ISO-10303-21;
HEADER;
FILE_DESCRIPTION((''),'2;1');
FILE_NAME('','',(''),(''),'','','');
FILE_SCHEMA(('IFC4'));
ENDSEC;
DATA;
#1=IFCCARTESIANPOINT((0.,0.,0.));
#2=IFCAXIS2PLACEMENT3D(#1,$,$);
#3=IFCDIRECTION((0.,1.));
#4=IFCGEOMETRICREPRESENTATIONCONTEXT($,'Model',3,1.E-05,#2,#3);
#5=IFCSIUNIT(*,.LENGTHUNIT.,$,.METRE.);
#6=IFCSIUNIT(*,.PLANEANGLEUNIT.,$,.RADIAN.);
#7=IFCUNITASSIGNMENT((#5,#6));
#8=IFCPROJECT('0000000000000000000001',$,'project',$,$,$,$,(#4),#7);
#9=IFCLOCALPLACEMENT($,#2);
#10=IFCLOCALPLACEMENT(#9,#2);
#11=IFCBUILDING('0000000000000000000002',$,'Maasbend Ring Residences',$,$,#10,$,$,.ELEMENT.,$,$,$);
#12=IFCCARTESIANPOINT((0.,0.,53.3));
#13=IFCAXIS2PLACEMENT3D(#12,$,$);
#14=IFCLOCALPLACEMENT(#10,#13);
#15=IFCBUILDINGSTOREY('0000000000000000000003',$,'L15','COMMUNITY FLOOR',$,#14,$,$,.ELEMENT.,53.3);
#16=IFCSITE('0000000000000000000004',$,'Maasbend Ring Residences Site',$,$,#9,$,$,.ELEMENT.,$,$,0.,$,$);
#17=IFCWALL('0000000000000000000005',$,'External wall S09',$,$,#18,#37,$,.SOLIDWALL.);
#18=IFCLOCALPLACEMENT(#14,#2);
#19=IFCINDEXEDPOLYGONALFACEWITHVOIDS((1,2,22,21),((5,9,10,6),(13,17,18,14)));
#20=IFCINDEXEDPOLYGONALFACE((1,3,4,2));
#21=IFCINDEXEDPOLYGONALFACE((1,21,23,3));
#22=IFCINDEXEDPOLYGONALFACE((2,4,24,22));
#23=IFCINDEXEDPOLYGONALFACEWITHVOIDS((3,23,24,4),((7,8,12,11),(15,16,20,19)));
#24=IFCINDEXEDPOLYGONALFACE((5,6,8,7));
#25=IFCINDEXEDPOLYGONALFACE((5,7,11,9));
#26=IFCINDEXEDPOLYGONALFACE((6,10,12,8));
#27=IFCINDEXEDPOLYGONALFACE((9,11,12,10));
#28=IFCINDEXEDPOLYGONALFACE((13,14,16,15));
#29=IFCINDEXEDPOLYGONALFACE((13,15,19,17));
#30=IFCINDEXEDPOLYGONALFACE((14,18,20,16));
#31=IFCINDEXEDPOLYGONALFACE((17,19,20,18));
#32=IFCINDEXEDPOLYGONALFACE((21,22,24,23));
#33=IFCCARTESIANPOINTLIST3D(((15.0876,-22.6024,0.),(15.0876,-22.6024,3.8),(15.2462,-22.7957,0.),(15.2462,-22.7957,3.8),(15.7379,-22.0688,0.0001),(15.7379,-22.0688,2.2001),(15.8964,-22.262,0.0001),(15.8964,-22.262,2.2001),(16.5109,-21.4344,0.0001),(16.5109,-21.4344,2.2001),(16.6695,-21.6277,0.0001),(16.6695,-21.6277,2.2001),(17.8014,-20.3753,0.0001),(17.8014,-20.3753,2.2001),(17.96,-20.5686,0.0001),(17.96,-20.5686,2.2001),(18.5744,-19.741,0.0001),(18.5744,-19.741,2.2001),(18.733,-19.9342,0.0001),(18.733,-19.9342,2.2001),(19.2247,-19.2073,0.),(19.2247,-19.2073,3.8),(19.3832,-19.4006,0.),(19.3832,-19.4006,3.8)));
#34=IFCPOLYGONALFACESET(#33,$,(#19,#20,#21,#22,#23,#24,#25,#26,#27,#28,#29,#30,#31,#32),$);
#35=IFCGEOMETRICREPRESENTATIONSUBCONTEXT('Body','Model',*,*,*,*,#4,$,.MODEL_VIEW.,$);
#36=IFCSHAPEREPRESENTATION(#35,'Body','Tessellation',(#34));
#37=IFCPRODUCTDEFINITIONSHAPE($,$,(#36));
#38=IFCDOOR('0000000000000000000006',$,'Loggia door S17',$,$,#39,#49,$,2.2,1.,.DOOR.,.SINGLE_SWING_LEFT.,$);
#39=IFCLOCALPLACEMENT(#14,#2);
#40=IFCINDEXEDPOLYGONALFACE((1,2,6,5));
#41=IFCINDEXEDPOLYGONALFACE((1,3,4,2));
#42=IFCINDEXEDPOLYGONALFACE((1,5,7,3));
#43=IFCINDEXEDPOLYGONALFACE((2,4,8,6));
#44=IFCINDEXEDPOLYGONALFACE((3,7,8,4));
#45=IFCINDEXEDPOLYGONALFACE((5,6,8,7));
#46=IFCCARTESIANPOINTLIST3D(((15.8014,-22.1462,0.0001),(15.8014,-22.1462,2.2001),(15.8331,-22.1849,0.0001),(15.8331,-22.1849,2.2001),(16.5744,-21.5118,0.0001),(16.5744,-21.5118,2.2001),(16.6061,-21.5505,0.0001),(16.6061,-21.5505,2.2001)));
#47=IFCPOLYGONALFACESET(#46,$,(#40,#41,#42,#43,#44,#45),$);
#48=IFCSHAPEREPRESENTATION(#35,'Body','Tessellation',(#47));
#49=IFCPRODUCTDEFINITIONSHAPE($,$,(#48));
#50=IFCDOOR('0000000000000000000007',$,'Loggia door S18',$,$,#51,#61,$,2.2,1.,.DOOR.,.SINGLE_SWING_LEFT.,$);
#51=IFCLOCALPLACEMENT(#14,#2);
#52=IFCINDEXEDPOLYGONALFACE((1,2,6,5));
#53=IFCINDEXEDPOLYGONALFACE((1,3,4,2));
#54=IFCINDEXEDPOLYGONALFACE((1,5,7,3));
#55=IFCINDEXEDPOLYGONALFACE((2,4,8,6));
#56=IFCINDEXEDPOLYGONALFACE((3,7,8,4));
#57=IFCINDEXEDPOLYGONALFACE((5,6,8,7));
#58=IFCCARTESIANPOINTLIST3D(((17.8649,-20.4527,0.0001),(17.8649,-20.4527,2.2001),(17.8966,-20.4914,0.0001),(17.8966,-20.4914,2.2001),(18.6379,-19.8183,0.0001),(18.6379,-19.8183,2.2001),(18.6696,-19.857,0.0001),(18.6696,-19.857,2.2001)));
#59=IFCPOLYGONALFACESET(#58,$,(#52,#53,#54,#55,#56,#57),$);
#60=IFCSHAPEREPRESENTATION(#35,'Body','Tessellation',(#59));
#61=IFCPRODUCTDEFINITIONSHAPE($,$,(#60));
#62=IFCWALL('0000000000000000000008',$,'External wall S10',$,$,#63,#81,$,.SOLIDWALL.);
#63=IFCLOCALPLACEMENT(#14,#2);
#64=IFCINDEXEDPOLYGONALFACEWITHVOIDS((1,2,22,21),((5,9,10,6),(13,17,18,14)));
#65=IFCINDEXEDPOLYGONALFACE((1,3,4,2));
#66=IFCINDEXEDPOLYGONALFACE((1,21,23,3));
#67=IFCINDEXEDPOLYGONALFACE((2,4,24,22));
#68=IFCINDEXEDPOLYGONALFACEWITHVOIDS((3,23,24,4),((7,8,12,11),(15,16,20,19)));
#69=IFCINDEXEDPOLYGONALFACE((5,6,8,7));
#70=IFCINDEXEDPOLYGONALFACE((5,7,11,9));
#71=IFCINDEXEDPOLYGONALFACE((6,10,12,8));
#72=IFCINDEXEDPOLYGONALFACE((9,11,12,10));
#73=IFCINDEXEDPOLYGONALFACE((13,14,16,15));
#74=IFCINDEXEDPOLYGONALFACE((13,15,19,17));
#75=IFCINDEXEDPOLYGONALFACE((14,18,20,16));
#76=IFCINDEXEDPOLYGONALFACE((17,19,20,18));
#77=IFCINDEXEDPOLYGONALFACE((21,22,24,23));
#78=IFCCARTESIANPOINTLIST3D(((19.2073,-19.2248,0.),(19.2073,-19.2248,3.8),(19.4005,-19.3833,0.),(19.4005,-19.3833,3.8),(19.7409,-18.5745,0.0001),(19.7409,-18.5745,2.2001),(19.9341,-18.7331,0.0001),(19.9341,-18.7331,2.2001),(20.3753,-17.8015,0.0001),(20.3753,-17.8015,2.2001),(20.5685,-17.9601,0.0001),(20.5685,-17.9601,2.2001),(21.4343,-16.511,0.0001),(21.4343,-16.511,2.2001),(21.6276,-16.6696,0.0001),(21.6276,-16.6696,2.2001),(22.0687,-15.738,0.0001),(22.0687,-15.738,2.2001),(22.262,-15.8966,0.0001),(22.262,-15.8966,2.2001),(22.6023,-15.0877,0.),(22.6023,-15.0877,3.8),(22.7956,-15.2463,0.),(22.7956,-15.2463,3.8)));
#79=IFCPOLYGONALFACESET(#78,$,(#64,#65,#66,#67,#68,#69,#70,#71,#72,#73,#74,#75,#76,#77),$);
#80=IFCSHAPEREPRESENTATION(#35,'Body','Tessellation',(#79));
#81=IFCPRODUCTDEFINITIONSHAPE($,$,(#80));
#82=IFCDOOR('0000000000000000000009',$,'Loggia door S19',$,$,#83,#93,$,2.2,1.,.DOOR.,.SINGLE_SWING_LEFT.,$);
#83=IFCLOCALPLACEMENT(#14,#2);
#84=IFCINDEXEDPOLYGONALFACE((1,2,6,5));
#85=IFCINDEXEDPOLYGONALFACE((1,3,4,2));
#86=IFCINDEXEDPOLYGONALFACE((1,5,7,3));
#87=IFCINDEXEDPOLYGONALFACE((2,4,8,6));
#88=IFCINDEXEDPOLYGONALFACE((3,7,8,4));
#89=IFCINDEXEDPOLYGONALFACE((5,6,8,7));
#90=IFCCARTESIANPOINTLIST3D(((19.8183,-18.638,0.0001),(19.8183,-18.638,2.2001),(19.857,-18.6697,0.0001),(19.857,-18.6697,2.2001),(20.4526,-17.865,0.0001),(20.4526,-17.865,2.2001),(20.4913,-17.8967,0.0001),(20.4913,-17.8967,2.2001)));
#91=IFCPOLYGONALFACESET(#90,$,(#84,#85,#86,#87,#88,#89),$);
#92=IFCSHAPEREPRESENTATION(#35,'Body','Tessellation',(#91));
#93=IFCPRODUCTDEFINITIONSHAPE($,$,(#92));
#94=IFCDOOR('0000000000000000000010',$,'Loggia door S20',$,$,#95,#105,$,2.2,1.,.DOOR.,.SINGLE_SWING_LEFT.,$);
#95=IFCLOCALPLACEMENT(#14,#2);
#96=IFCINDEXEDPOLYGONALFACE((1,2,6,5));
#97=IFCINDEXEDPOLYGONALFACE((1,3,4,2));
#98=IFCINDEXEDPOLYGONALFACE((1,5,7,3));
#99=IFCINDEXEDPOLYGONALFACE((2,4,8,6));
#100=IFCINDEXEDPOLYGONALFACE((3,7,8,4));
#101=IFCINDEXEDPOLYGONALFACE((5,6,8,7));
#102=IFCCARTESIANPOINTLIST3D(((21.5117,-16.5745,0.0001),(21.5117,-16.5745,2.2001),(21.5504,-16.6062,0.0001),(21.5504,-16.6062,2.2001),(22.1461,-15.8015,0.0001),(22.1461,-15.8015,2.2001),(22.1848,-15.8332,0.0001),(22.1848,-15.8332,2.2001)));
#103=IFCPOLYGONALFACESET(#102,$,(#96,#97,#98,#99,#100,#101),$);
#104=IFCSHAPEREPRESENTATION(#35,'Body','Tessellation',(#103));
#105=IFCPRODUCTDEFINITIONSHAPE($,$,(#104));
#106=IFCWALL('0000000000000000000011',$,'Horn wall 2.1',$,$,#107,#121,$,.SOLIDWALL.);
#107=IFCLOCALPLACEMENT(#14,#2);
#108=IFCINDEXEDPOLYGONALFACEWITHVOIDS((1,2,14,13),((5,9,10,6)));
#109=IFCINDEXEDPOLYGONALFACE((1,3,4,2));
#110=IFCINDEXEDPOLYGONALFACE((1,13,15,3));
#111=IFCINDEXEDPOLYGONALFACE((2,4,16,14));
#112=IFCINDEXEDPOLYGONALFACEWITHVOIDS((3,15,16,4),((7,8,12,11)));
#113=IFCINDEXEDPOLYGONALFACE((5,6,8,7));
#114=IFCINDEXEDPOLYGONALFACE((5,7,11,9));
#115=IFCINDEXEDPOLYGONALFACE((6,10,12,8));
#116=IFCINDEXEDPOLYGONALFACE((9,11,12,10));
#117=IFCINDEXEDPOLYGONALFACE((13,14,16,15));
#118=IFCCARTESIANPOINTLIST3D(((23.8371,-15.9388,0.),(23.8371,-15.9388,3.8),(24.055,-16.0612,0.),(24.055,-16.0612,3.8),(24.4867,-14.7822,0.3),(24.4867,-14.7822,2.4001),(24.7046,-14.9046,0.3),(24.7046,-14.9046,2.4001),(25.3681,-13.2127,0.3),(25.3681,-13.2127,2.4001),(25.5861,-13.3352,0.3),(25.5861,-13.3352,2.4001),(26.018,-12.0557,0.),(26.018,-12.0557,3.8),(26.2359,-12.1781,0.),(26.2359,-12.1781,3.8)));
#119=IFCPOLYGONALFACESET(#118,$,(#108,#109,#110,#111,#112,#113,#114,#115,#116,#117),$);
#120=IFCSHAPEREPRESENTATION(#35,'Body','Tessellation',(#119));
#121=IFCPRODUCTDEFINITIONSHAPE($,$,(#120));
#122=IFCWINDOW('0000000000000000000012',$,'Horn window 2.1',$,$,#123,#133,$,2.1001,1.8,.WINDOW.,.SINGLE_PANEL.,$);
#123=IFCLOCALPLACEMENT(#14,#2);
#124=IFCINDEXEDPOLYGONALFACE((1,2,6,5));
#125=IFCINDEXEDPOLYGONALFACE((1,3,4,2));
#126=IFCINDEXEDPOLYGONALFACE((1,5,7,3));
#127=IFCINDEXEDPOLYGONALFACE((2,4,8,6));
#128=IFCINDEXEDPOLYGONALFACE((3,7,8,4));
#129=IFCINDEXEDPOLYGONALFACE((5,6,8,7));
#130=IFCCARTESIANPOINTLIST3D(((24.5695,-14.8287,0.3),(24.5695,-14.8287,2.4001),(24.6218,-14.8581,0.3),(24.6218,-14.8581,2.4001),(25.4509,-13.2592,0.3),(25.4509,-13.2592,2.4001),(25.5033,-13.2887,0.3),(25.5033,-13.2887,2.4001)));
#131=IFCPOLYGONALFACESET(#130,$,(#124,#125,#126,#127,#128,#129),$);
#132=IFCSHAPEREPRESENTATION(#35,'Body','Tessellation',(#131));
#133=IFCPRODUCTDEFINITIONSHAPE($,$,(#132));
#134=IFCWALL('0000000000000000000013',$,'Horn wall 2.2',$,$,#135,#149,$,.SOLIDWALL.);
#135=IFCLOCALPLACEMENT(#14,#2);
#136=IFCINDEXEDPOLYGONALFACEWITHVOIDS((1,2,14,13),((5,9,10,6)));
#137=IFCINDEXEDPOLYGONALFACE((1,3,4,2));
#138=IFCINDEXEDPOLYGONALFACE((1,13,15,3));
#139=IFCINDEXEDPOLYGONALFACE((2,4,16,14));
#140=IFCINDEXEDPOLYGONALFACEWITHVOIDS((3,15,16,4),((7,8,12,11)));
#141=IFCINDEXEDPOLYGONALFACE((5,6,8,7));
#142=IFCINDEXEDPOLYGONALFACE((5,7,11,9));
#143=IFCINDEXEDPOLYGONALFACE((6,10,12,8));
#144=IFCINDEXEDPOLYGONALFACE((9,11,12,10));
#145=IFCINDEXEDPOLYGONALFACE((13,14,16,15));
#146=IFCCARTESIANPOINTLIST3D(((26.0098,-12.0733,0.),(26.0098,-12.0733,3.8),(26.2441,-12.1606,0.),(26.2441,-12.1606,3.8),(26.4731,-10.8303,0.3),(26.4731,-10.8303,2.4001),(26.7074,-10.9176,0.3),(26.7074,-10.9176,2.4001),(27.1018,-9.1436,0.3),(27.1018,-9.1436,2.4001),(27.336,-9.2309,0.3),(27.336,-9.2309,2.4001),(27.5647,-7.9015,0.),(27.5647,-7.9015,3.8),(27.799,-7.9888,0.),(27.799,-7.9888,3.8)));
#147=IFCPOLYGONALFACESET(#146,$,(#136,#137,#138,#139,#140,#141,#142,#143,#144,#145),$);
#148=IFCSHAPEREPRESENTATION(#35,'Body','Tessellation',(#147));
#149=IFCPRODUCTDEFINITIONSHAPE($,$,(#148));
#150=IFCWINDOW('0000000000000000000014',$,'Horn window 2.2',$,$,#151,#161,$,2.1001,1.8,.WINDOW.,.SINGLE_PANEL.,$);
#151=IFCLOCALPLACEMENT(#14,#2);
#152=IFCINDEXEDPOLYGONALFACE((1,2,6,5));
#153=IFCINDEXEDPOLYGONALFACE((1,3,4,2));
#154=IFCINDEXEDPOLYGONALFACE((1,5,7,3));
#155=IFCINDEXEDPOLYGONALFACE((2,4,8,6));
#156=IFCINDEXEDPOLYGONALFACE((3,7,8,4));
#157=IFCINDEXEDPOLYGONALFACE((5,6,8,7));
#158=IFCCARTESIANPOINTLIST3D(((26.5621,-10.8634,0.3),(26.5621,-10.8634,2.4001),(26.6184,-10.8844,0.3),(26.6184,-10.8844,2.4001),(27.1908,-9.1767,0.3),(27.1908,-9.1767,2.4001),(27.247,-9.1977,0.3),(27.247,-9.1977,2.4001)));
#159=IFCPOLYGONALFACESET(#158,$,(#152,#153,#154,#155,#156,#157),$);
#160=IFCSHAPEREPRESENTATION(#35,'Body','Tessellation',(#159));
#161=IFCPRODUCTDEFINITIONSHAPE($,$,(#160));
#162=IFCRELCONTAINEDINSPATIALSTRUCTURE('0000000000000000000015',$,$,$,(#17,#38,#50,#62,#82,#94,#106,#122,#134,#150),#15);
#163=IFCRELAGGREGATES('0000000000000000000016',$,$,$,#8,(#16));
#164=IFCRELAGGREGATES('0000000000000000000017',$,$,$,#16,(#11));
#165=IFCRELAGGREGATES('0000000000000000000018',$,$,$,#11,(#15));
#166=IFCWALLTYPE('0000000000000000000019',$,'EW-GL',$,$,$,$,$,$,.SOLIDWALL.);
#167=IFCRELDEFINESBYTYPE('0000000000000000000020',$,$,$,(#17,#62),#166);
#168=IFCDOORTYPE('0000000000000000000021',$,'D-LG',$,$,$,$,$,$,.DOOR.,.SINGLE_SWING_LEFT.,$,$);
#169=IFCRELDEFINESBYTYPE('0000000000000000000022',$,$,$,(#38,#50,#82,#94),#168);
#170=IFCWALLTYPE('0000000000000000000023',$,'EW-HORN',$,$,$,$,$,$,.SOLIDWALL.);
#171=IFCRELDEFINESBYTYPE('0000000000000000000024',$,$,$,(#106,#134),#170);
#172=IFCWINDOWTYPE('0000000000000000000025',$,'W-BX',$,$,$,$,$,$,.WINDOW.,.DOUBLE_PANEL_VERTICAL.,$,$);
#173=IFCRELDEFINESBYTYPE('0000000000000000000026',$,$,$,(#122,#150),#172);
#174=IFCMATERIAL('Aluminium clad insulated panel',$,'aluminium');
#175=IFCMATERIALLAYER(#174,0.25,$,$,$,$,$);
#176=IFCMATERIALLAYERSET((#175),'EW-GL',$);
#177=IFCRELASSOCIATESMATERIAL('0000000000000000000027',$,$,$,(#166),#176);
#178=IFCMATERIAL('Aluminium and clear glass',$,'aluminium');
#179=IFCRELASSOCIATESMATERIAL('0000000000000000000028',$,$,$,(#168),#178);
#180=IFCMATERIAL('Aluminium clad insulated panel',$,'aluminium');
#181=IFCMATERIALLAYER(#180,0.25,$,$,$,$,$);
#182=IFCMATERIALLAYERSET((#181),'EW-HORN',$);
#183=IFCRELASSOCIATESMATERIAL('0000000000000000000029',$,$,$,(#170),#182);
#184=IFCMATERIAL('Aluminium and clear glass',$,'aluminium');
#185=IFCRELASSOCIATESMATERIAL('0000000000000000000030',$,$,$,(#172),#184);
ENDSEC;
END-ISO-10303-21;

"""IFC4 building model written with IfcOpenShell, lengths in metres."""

from ifc_helpers import new_model, si_unit, direction, frame, frame_2d, origin, place, context, subcontext, project, spatial, rectangle, extrude, material, layer, layer_set, type_object, element, fill, save


model = new_model("IFC4")

# Units and contexts
model_context = context("Model", 3, precision=1e-05, world=origin(), true_north=direction((0.0, 1.0)))
body_context = subcontext(model_context, "Body", "Model", "MODEL_VIEW")
ifc_project = project(units=[si_unit("LENGTHUNIT", "METRE"), si_unit("PLANEANGLEUNIT", "RADIAN")], contexts=[model_context])

# Site, building, storey
site_placement = place(None, origin())
site = spatial("IfcSite", under=ifc_project, at=site_placement, Name="Maasbend Ring Residences Site", CompositionType="ELEMENT", RefElevation=0.0)
building_placement = place(site_placement, origin())
building = spatial("IfcBuilding", under=site, at=building_placement, Name="Maasbend Ring Residences", CompositionType="ELEMENT")
storey_placement = place(building_placement, frame((0.0, 0.0, 53.3)))
storey = spatial("IfcBuildingStorey", under=building, at=storey_placement, Name="L15", Description="COMMUNITY FLOOR", CompositionType="ELEMENT", Elevation=53.3)

# Walls, openings, doors
ifc_material_1 = material(Name="Aluminium clad insulated panel", Category="aluminium")
ifc_layer_1 = layer(ifc_material_1, 0.25)
ifc_layer_set_1 = layer_set([ifc_layer_1], Name="EW-GL")
wall_type_1 = type_object("IfcWallType", Name="EW-GL", PredefinedType="SOLIDWALL", material=ifc_layer_set_1)
wall_1_placement = place(storey_placement, frame((15.167, -22.699, 0.0), z_axis=(0.0, 0.0, 1.0), x_axis=(0.773019, 0.634382, 0.0)))
wall_1 = element("IfcWall", 1, at=wall_1_placement, inside=storey, type_object=wall_type_1, Name="External wall S09", PredefinedType="SOLIDWALL", context=body_context, shape_type="SweptSolid", body=[
    extrude(rectangle(XDim=5.3518, YDim=0.25, at=frame_2d((2.6758, 0.0))), origin(), (0.0, 0.0, 1.0), 3.8),
])
opening_1_placement = place(wall_1_placement, frame((0.8411, 0.0, 0.0)))
opening_1 = element("IfcOpeningElement", 2, at=opening_1_placement, cuts=wall_1, PredefinedType="OPENING", context=body_context, shape_type="SweptSolid", body=[
    extrude(rectangle(XDim=1.0, YDim=2.2, at=frame_2d((0.5, 1.1001))), frame((0.0, 0.135, 0.0), z_axis=(0.0, -1.0, 0.0), x_axis=(1.0, 0.0, 0.0)), (0.0, 0.0, 1.0), 0.27),
])
opening_2_placement = place(wall_1_placement, frame((3.5105, 0.0, 0.0)))
opening_2 = element("IfcOpeningElement", 3, at=opening_2_placement, cuts=wall_1, PredefinedType="OPENING", context=body_context, shape_type="SweptSolid", body=[
    extrude(rectangle(XDim=1.0, YDim=2.2, at=frame_2d((0.5, 1.1001))), frame((0.0, 0.135, 0.0), z_axis=(0.0, -1.0, 0.0), x_axis=(1.0, 0.0, 0.0)), (0.0, 0.0, 1.0), 0.27),
])
ifc_material_2 = material(Name="Aluminium and clear glass", Category="aluminium")
door_type_1 = type_object("IfcDoorType", Name="D-LG", OperationType="SINGLE_SWING_LEFT", PredefinedType="DOOR", material=ifc_material_2)
door_1_placement = place(opening_1_placement, origin())
door_1 = element("IfcDoor", 4, at=door_1_placement, inside=storey, type_object=door_type_1, Name="Loggia door S17", OperationType="SINGLE_SWING_LEFT", OverallHeight=2.2, OverallWidth=1.0, PredefinedType="DOOR", context=body_context, shape_type="SweptSolid", body=[
    extrude(rectangle(XDim=1.0, YDim=2.2, at=frame_2d((0.5, 1.1001))), frame((0.0, 0.0249, 0.0), z_axis=(0.0, -1.0, 0.0), x_axis=(1.0, 0.0, 0.0)), (0.0, 0.0, 1.0), 0.05),
])
fill(opening_1, door_1)
door_2_placement = place(opening_2_placement, origin())
door_2 = element("IfcDoor", 5, at=door_2_placement, inside=storey, type_object=door_type_1, Name="Loggia door S18", OperationType="SINGLE_SWING_LEFT", OverallHeight=2.2, OverallWidth=1.0, PredefinedType="DOOR", context=body_context, shape_type="SweptSolid", body=[
    extrude(rectangle(XDim=1.0, YDim=2.2, at=frame_2d((0.5, 1.1001))), frame((0.0, 0.0249, 0.0), z_axis=(0.0, -1.0, 0.0), x_axis=(1.0, 0.0, 0.0)), (0.0, 0.0, 1.0), 0.05),
])
fill(opening_2, door_2)
wall_2_placement = place(storey_placement, frame((19.304, -19.304, 0.0), z_axis=(0.0, 0.0, 1.0), x_axis=(0.634382, 0.773019, 0.0)))
wall_2 = element("IfcWall", 6, at=wall_2_placement, inside=storey, type_object=wall_type_1, Name="External wall S10", PredefinedType="SOLIDWALL", context=body_context, shape_type="SweptSolid", body=[
    extrude(rectangle(XDim=5.3518, YDim=0.25, at=frame_2d((2.6758, 0.0))), origin(), (0.0, 0.0, 1.0), 3.8),
])
opening_3_placement = place(wall_2_placement, frame((0.8411, 0.0, 0.0)))
opening_3 = element("IfcOpeningElement", 7, at=opening_3_placement, cuts=wall_2, PredefinedType="OPENING", context=body_context, shape_type="SweptSolid", body=[
    extrude(rectangle(XDim=1.0, YDim=2.2, at=frame_2d((0.5, 1.1001))), frame((0.0, 0.135, 0.0), z_axis=(0.0, -1.0, 0.0), x_axis=(1.0, 0.0, 0.0)), (0.0, 0.0, 1.0), 0.27),
])
opening_4_placement = place(wall_2_placement, frame((3.5105, 0.0, 0.0)))
opening_4 = element("IfcOpeningElement", 8, at=opening_4_placement, cuts=wall_2, PredefinedType="OPENING", context=body_context, shape_type="SweptSolid", body=[
    extrude(rectangle(XDim=1.0, YDim=2.2, at=frame_2d((0.5, 1.1001))), frame((0.0, 0.135, 0.0), z_axis=(0.0, -1.0, 0.0), x_axis=(1.0, 0.0, 0.0)), (0.0, 0.0, 1.0), 0.27),
])
door_3_placement = place(opening_3_placement, origin())
door_3 = element("IfcDoor", 9, at=door_3_placement, inside=storey, type_object=door_type_1, Name="Loggia door S19", OperationType="SINGLE_SWING_LEFT", OverallHeight=2.2, OverallWidth=1.0, PredefinedType="DOOR", context=body_context, shape_type="SweptSolid", body=[
    extrude(rectangle(XDim=1.0, YDim=2.2, at=frame_2d((0.5, 1.1001))), frame((0.0, 0.0249, 0.0), z_axis=(0.0, -1.0, 0.0), x_axis=(1.0, 0.0, 0.0)), (0.0, 0.0, 1.0), 0.05),
])
fill(opening_3, door_3)
door_4_placement = place(opening_4_placement, origin())
door_4 = element("IfcDoor", 10, at=door_4_placement, inside=storey, type_object=door_type_1, Name="Loggia door S20", OperationType="SINGLE_SWING_LEFT", OverallHeight=2.2, OverallWidth=1.0, PredefinedType="DOOR", context=body_context, shape_type="SweptSolid", body=[
    extrude(rectangle(XDim=1.0, YDim=2.2, at=frame_2d((0.5, 1.1001))), frame((0.0, 0.0249, 0.0), z_axis=(0.0, -1.0, 0.0), x_axis=(1.0, 0.0, 0.0)), (0.0, 0.0, 1.0), 0.05),
])
fill(opening_4, door_4)

# Walls, openings, windows
ifc_material_3 = material(Name="Aluminium clad insulated panel", Category="aluminium")
ifc_layer_2 = layer(ifc_material_3, 0.25)
ifc_layer_set_2 = layer_set([ifc_layer_2], Name="EW-HORN")
wall_type_2 = type_object("IfcWallType", Name="EW-HORN", PredefinedType="SOLIDWALL", material=ifc_layer_set_2)
wall_3_placement = place(storey_placement, frame((23.946, -16.0, 0.0), z_axis=(0.0, 0.0, 1.0), x_axis=(0.489696, 0.871893, 0.0)))
wall_3 = element("IfcWall", 11, at=wall_3_placement, inside=storey, type_object=wall_type_2, Name="Horn wall 2.1", PredefinedType="SOLIDWALL", context=body_context, shape_type="SweptSolid", body=[
    extrude(rectangle(XDim=4.4536, YDim=0.25, at=frame_2d((2.2268, 0.0))), origin(), (0.0, 0.0, 1.0), 3.8),
])
opening_5_placement = place(wall_3_placement, frame((1.3267, 0.0, 0.3)))
opening_5 = element("IfcOpeningElement", 12, at=opening_5_placement, cuts=wall_3, PredefinedType="OPENING", context=body_context, shape_type="SweptSolid", body=[
    extrude(rectangle(XDim=1.8, YDim=2.1001, at=frame_2d((0.8999, 1.05))), frame((0.0, 0.135, 0.0), z_axis=(0.0, -1.0, 0.0), x_axis=(1.0, 0.0, 0.0)), (0.0, 0.0, 1.0), 0.27),
])
ifc_material_4 = material(Name="Aluminium and clear glass", Category="aluminium")
window_type = type_object("IfcWindowType", Name="W-BX", PartitioningType="DOUBLE_PANEL_VERTICAL", PredefinedType="WINDOW", material=ifc_material_4)
window_1_placement = place(opening_5_placement, origin())
window_1 = element("IfcWindow", 13, at=window_1_placement, inside=storey, type_object=window_type, Name="Horn window 2.1", OverallHeight=2.1001, OverallWidth=1.8, PartitioningType="SINGLE_PANEL", PredefinedType="WINDOW", context=body_context, shape_type="SweptSolid", body=[
    extrude(rectangle(XDim=1.8, YDim=2.1001, at=frame_2d((0.8999, 1.05))), frame((0.0, 0.03, 0.0), z_axis=(0.0, -1.0, 0.0), x_axis=(1.0, 0.0, 0.0)), (0.0, 0.0, 1.0), 0.0601),
])
fill(opening_5, window_1)
wall_4_placement = place(storey_placement, frame((26.127, -12.1169, 0.0), z_axis=(0.0, 0.0, 1.0), x_axis=(0.349248, 0.93703, 0.0)))
wall_4 = element("IfcWall", 14, at=wall_4_placement, inside=storey, type_object=wall_type_2, Name="Horn wall 2.2", PredefinedType="SOLIDWALL", context=body_context, shape_type="SweptSolid", body=[
    extrude(rectangle(XDim=4.4521, YDim=0.25, at=frame_2d((2.2261, 0.0))), origin(), (0.0, 0.0, 1.0), 3.8),
])
opening_6_placement = place(wall_4_placement, frame((1.3267, 0.0, 0.3)))
opening_6 = element("IfcOpeningElement", 15, at=opening_6_placement, cuts=wall_4, PredefinedType="OPENING", context=body_context, shape_type="SweptSolid", body=[
    extrude(rectangle(XDim=1.8, YDim=2.1001, at=frame_2d((0.8999, 1.05))), frame((0.0, 0.135, 0.0), z_axis=(0.0, -1.0, 0.0), x_axis=(1.0, 0.0, 0.0)), (0.0, 0.0, 1.0), 0.27),
])
window_2_placement = place(opening_6_placement, origin())
window_2 = element("IfcWindow", 16, at=window_2_placement, inside=storey, type_object=window_type, Name="Horn window 2.2", OverallHeight=2.1001, OverallWidth=1.8, PartitioningType="SINGLE_PANEL", PredefinedType="WINDOW", context=body_context, shape_type="SweptSolid", body=[
    extrude(rectangle(XDim=1.8, YDim=2.1001, at=frame_2d((0.8999, 1.05))), frame((0.0, 0.03, 0.0), z_axis=(0.0, -1.0, 0.0), x_axis=(1.0, 0.0, 0.0)), (0.0, 0.0, 1.0), 0.0601),
])
fill(opening_6, window_2)

save(model, "model.ifc")
